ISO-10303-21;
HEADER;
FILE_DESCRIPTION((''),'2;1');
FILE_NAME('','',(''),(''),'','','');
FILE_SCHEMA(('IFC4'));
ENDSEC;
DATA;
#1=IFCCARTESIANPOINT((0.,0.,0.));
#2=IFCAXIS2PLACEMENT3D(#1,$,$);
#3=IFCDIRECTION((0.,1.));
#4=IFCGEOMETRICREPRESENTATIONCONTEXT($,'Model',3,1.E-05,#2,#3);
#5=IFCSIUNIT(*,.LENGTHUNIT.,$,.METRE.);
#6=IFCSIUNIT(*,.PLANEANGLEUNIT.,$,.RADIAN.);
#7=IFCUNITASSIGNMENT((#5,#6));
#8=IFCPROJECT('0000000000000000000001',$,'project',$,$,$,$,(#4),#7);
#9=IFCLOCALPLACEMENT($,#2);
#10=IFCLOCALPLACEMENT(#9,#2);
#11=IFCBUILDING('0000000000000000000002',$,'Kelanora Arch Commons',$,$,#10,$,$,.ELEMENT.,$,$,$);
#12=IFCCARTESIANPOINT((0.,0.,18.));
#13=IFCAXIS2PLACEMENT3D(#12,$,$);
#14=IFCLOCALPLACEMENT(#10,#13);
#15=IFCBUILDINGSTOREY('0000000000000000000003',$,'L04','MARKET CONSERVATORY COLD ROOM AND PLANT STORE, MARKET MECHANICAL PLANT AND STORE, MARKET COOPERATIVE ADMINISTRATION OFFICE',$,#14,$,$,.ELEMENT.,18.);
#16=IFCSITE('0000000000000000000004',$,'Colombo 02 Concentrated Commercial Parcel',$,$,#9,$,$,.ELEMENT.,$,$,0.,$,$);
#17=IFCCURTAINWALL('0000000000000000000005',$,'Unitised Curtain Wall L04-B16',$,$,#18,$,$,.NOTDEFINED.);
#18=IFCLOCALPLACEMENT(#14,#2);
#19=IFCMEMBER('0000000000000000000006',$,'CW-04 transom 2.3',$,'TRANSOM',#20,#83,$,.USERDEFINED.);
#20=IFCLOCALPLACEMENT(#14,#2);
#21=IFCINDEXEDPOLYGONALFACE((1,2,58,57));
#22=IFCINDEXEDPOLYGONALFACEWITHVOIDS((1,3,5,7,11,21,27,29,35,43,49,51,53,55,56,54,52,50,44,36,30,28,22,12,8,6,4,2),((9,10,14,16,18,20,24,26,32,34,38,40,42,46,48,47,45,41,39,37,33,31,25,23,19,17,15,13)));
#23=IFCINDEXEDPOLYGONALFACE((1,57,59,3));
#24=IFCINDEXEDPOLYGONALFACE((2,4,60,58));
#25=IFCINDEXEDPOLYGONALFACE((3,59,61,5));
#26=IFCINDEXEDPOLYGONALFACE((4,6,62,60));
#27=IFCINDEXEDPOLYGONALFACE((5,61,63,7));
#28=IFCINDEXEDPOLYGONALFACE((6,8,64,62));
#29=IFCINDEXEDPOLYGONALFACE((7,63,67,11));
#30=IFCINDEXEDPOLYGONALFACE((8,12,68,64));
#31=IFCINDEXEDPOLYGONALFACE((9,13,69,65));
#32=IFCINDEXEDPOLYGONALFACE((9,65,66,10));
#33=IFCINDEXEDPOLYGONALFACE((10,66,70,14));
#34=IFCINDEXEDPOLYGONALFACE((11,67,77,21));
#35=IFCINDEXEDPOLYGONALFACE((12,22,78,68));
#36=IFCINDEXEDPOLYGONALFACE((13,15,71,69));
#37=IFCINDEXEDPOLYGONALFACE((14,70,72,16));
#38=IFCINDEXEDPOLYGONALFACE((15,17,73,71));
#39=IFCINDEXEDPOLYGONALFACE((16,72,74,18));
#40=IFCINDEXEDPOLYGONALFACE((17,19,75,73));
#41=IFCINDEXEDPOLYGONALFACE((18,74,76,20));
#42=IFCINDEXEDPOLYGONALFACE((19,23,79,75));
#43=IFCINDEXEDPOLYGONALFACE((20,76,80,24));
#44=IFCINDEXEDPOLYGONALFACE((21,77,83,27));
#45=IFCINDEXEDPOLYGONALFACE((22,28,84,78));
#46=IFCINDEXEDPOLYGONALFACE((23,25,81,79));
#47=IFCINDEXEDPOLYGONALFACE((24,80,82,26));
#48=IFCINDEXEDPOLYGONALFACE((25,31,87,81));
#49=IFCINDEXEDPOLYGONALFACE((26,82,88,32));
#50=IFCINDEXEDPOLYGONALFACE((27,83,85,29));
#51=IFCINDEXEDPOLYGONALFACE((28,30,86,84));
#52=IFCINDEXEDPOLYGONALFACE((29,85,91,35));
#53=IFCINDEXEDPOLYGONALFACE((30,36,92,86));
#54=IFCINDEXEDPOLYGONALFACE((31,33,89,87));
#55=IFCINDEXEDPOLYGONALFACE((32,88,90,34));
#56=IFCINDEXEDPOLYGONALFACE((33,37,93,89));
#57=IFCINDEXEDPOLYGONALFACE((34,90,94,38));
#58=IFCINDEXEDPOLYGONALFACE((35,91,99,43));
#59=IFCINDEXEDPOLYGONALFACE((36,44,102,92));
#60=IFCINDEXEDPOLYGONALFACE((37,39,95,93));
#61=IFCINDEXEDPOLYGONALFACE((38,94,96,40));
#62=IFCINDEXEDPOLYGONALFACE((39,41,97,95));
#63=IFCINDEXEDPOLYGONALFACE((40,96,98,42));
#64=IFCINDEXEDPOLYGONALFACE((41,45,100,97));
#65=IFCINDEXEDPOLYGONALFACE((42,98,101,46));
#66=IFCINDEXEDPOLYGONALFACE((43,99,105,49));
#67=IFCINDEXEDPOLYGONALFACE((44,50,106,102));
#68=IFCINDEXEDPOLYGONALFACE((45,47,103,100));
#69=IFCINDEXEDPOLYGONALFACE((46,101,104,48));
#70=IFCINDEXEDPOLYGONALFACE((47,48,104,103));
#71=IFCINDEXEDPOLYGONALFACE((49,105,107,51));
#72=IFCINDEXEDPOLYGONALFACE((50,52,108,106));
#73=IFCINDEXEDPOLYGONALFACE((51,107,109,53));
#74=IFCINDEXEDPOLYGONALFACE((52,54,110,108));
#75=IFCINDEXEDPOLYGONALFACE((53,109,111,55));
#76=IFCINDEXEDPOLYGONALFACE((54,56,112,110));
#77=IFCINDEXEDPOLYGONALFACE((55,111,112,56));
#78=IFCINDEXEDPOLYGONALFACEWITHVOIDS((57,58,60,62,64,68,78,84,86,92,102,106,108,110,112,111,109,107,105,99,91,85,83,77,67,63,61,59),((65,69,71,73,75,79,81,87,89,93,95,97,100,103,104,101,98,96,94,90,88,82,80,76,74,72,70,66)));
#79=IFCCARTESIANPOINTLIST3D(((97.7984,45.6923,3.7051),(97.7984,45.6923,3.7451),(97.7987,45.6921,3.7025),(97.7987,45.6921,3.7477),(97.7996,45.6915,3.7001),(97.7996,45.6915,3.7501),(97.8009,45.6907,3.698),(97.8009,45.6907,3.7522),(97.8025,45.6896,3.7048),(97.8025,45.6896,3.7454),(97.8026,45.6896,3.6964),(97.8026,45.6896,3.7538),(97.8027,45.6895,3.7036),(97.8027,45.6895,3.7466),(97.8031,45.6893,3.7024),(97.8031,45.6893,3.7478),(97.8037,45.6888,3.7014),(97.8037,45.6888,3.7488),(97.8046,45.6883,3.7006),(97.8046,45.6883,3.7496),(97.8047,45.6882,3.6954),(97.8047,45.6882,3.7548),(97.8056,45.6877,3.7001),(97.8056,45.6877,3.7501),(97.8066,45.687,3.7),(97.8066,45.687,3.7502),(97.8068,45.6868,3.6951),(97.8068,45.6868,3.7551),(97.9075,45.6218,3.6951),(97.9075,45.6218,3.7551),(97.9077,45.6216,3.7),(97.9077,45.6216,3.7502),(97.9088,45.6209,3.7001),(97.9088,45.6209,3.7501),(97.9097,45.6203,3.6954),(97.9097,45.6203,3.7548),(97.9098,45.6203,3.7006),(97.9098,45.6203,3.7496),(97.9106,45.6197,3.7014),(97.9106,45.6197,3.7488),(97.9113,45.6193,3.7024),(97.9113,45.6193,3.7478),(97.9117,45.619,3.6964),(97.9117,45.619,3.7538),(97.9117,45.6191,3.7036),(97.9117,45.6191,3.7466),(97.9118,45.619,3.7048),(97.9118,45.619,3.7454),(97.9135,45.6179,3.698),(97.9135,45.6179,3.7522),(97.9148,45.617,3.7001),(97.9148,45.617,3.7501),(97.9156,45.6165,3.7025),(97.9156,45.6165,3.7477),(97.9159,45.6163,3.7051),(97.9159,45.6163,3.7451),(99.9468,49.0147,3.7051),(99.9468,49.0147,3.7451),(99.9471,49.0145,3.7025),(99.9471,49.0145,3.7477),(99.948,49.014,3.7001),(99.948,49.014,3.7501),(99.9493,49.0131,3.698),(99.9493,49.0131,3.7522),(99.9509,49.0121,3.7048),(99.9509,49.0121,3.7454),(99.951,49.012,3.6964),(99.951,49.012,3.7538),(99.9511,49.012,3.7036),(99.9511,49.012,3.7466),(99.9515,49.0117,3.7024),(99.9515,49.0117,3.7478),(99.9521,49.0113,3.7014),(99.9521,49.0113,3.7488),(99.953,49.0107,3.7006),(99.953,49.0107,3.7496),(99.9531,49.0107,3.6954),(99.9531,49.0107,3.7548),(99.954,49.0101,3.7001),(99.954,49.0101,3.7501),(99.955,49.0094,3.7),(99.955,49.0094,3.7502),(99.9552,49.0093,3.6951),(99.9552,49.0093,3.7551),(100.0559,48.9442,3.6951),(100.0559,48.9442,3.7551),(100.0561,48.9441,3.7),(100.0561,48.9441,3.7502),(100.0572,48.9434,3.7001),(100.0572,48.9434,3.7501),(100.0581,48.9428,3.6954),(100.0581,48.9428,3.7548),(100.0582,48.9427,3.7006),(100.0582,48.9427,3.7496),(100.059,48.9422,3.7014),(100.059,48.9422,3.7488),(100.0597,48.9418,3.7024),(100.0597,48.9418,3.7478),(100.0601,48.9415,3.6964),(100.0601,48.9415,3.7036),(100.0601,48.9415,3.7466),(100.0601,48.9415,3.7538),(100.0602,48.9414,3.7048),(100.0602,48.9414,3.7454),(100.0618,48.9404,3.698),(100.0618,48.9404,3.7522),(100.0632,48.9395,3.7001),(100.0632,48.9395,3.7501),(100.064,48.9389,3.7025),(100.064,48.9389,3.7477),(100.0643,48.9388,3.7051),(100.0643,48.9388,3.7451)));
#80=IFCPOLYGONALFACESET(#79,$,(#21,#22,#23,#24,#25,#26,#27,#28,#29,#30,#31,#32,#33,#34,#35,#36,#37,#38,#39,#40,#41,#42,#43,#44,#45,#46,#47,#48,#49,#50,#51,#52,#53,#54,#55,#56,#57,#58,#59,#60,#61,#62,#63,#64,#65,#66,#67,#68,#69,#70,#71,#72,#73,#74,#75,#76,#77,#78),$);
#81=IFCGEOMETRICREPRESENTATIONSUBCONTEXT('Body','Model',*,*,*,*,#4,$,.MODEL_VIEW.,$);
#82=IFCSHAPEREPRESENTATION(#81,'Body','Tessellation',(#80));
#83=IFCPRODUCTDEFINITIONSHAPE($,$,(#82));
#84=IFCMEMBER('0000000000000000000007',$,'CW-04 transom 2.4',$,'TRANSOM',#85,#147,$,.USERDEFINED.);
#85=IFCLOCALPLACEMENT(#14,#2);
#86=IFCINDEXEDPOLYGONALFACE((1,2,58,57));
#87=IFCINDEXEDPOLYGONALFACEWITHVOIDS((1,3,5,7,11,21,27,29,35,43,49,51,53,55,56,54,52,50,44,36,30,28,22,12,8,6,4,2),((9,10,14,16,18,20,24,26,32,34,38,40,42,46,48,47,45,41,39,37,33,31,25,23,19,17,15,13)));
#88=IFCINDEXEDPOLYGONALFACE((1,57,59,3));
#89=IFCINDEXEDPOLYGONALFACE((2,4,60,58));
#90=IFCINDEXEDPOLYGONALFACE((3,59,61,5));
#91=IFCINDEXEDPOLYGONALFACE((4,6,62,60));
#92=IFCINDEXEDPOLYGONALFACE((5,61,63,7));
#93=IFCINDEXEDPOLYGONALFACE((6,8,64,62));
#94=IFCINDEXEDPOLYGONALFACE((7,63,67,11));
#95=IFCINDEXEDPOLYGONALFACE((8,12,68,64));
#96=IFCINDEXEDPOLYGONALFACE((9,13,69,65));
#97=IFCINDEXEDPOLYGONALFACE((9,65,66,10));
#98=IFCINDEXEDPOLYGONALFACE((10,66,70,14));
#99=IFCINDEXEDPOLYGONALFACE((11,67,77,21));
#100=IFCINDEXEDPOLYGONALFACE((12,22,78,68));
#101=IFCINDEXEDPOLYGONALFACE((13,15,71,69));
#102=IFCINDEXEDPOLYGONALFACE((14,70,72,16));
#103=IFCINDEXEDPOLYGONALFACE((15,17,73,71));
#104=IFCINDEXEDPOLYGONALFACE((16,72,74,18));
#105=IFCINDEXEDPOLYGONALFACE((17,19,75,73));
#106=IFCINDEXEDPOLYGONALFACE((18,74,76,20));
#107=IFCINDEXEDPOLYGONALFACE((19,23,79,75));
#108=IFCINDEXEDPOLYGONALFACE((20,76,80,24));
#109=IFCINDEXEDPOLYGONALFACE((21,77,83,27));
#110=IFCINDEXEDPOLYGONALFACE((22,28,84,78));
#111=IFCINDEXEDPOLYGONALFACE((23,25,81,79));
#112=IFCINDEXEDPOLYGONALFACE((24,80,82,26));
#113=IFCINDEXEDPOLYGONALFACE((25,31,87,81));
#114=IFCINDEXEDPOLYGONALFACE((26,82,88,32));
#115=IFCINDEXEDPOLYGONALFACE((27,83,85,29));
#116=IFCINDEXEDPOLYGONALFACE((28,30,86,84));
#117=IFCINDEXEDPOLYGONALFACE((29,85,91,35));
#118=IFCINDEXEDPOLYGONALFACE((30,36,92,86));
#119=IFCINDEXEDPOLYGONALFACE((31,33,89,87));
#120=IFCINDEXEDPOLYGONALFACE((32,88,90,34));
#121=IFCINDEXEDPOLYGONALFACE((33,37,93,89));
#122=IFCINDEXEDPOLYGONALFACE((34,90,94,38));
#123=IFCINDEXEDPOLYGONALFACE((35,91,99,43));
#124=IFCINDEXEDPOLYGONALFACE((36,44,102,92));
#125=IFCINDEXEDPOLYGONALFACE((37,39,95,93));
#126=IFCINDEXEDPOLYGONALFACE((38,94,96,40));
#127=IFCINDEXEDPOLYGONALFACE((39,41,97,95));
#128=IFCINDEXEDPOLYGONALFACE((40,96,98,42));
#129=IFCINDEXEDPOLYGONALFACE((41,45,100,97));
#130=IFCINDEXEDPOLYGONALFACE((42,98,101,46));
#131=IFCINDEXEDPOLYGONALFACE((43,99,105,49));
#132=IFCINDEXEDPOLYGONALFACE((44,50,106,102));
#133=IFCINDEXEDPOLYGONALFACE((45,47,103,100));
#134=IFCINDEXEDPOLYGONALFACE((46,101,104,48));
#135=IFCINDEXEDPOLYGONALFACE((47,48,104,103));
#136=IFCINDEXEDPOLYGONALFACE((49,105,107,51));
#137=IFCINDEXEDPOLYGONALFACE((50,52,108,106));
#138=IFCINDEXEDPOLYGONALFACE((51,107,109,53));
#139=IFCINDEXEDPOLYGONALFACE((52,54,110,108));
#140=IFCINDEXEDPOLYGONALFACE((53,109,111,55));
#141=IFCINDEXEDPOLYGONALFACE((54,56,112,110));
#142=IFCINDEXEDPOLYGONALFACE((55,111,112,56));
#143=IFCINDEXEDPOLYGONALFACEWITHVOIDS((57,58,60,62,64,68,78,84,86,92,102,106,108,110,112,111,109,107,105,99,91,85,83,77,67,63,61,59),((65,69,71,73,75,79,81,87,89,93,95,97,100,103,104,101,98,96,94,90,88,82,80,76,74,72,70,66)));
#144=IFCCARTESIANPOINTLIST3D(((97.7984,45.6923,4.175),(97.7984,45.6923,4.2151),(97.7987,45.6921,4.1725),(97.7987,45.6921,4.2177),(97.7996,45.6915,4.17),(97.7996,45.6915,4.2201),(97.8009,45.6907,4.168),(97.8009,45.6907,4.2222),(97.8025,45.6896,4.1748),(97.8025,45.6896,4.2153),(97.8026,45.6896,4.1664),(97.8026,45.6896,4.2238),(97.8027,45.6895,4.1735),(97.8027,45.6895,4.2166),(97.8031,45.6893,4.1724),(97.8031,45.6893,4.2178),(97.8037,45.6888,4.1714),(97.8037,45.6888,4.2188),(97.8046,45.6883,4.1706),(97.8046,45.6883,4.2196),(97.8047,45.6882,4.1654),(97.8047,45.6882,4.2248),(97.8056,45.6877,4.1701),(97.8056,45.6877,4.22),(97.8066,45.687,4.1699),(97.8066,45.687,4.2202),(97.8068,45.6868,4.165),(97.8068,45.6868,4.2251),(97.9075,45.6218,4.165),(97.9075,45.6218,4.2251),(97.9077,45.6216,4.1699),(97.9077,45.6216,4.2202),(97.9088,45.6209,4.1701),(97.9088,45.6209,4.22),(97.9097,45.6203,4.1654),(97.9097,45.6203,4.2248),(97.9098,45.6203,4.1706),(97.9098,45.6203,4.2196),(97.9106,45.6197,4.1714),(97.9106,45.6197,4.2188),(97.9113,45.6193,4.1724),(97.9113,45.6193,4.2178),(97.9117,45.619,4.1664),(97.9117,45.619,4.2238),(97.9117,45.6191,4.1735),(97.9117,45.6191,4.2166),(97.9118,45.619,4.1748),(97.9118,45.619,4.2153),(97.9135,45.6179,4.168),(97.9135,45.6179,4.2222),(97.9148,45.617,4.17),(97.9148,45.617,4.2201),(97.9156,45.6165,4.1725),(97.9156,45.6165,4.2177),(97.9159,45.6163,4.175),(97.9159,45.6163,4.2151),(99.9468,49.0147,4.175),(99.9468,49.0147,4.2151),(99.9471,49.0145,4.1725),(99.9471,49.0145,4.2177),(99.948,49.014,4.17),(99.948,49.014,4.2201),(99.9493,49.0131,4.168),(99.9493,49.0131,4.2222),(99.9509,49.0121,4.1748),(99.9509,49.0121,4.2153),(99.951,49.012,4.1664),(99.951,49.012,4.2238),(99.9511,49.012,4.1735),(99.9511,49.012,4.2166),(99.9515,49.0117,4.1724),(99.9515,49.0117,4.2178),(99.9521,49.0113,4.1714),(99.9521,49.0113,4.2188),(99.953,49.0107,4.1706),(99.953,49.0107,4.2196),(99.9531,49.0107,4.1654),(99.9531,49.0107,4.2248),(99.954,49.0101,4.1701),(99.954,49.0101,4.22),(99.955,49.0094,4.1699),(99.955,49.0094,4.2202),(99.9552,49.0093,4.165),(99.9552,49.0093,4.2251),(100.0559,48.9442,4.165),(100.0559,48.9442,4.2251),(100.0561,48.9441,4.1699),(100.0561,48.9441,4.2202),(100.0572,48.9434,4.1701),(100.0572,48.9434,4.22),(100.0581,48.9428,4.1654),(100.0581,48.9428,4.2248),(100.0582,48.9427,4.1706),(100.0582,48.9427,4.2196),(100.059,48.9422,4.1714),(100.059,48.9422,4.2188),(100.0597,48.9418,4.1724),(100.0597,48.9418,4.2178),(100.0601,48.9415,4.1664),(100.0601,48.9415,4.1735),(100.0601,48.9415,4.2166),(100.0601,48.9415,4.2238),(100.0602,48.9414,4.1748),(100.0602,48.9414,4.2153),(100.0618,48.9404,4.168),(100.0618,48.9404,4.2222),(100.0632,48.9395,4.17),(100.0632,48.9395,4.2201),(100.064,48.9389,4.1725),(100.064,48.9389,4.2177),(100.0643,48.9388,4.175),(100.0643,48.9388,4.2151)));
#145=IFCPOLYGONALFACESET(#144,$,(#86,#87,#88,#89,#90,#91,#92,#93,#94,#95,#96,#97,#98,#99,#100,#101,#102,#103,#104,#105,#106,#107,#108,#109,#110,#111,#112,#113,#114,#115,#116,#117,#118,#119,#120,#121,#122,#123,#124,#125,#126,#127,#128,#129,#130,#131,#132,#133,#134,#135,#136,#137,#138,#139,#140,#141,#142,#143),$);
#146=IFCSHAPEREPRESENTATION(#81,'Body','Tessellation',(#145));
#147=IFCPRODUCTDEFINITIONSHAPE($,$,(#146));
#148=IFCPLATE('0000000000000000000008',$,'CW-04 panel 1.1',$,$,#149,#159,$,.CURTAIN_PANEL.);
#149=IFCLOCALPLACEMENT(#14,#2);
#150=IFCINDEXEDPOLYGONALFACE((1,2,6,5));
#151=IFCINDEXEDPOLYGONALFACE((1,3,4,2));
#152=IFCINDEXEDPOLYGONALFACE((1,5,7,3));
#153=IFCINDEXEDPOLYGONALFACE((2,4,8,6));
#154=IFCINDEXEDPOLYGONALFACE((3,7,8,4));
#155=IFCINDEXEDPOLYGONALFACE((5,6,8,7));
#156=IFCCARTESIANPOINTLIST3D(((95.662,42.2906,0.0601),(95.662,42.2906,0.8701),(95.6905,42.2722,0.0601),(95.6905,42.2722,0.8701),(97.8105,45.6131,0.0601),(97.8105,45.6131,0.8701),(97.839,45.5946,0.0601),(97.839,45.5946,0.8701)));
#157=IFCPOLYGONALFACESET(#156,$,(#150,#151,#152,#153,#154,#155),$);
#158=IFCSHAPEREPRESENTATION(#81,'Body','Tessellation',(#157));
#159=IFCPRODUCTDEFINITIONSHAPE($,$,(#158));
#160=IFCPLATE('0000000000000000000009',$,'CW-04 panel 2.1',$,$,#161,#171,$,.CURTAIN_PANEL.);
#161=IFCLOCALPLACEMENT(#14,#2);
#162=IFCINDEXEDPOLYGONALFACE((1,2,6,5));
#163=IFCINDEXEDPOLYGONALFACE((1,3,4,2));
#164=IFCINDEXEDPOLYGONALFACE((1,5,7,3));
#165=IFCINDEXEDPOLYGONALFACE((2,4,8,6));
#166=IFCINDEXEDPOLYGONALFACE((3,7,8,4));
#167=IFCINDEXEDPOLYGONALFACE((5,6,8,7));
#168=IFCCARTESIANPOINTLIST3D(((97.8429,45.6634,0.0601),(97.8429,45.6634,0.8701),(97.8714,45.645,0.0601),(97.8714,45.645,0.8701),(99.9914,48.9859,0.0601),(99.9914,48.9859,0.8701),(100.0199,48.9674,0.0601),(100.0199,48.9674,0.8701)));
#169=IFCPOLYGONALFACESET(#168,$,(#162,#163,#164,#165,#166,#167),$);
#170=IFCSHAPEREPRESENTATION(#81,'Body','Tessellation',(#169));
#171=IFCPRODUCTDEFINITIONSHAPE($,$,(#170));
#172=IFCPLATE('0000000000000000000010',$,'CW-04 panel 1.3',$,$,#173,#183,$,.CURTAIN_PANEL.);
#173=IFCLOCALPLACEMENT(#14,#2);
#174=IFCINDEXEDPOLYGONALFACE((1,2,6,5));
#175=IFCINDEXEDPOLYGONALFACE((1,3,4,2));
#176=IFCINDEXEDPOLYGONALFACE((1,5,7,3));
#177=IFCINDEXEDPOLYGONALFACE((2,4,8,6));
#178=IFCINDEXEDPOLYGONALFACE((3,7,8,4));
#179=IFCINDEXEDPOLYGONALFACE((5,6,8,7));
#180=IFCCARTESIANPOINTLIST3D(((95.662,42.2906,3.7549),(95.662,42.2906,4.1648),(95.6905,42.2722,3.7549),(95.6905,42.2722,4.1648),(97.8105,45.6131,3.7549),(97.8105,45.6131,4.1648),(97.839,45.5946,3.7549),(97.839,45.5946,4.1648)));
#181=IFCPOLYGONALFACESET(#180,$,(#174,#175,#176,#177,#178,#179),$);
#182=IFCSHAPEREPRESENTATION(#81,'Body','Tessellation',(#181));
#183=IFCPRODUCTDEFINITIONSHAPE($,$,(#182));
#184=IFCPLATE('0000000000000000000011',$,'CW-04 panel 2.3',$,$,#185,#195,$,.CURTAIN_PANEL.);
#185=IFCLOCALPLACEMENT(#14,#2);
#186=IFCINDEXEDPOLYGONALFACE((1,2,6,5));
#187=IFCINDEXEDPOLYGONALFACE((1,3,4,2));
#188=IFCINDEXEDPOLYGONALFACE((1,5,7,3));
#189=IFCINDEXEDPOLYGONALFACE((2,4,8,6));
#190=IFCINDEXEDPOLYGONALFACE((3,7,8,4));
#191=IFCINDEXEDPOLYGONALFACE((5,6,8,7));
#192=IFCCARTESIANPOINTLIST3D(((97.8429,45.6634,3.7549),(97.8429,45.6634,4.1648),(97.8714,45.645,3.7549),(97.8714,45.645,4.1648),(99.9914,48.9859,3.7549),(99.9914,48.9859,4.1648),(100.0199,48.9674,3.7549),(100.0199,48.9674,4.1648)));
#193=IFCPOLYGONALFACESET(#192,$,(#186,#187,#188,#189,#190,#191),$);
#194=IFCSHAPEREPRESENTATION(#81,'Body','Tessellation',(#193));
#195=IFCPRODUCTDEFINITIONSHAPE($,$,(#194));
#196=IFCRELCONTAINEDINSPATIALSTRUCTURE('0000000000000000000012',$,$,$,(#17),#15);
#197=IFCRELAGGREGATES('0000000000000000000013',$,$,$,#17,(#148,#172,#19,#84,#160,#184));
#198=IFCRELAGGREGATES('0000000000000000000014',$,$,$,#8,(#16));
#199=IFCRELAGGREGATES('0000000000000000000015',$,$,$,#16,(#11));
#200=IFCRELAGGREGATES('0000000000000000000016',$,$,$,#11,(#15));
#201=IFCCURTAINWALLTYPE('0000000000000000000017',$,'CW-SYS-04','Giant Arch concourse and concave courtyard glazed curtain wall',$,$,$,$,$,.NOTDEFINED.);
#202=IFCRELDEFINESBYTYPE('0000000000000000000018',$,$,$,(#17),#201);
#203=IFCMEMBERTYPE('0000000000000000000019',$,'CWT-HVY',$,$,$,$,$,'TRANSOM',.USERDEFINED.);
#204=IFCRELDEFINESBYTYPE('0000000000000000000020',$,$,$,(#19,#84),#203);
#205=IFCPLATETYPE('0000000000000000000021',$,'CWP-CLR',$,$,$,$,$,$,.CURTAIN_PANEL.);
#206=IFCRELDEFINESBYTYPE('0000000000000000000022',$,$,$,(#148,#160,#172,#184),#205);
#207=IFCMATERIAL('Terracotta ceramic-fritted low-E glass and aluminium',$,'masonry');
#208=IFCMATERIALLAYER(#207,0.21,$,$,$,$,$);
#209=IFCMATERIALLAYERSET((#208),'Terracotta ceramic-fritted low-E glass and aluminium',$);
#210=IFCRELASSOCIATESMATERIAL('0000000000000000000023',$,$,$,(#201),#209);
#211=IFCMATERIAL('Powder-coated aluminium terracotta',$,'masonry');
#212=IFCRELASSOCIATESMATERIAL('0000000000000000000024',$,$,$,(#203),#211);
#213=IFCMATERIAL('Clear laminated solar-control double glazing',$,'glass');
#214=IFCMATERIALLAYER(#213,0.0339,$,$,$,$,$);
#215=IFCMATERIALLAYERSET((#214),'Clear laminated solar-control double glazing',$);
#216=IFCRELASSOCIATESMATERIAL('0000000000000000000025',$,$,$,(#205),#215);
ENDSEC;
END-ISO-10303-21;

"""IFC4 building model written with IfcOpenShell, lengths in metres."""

from ifc_helpers import new_model, si_unit, direction, frame, origin, origin_2d, place, context, subcontext, project, spatial, rectangle, hollow_rectangle, extrude, source, transform, mapped, material, layer, layer_set, material_profile, profile_set, type_object, element, aggregate, save


model = new_model("IFC4")

# Units and contexts
model_context = context("Model", 3, precision=1e-05, world=origin(), true_north=direction((0.0, 1.0)))
body_context = subcontext(model_context, "Body", "Model", "MODEL_VIEW")
ifc_project = project(units=[si_unit("LENGTHUNIT", "METRE"), si_unit("PLANEANGLEUNIT", "RADIAN")], contexts=[model_context])

# Site, building, storey
site_placement = place(None, origin())
site = spatial("IfcSite", under=ifc_project, at=site_placement, Name="Colombo 02 Concentrated Commercial Parcel", CompositionType="ELEMENT", RefElevation=0.0)
building_placement = place(site_placement, origin())
building = spatial("IfcBuilding", under=site, at=building_placement, Name="Kelanora Arch Commons", CompositionType="ELEMENT")
storey_placement = place(building_placement, frame((0.0, 0.0, 18.0)))
storey = spatial("IfcBuildingStorey", under=building, at=storey_placement, Name="L04", Description="MARKET CONSERVATORY COLD ROOM AND PLANT STORE, MARKET MECHANICAL PLANT AND STORE, MARKET COOPERATIVE ADMINISTRATION OFFICE", CompositionType="ELEMENT", Elevation=18.0)

# Curtain wall, members, plates
ifc_material_1 = material(Name="Terracotta ceramic-fritted low-E glass and aluminium", Category="masonry")
ifc_layer_1 = layer(ifc_material_1, 0.21)
ifc_layer_set_1 = layer_set([ifc_layer_1], Name="Terracotta ceramic-fritted low-E glass and aluminium")
curtain_wall_type = type_object("IfcCurtainWallType", Name="CW-SYS-04", Description="Giant Arch concourse and concave courtyard glazed curtain wall", PredefinedType="NOTDEFINED", material=ifc_layer_set_1)
curtain_wall_placement = place(storey_placement, origin())
curtain_wall = element("IfcCurtainWall", 1, at=curtain_wall_placement, inside=storey, type_object=curtain_wall_type, Name="Unitised Curtain Wall L04-B16", PredefinedType="NOTDEFINED")
ifc_material_2 = material(Name="Powder-coated aluminium terracotta", Category="masonry")
ifc_material_profile_1 = material_profile(ifc_material_2, hollow_rectangle(XDim=0.1399, YDim=0.0601, WallThickness=0.0049, InnerFilletRadius=0.0049, OuterFilletRadius=0.01, at=origin_2d()), Name="CWT140x60")
ifc_profile_set_1 = profile_set([ifc_material_profile_1], Name="Powder-coated aluminium terracotta")
member_type_1 = type_object("IfcMemberType", Name="CWT-HVY", ElementType="TRANSOM", PredefinedType="USERDEFINED", material=ifc_profile_set_1)
member_1_placement = place(storey_placement, frame((97.8572, 45.6543, 3.7251), z_axis=(0.542998, 0.839734, 0.0), x_axis=(-0.839734, 0.542998, 0.0)))
member_1 = element("IfcMember", 2, at=member_1_placement, type_object=member_type_1, Name="CW-04 transom 2.3", ObjectType="TRANSOM", PredefinedType="USERDEFINED", context=body_context, shape_type="SweptSolid", body=[
    extrude(hollow_rectangle(XDim=0.1399, YDim=0.0601, WallThickness=0.0049, InnerFilletRadius=0.0049, OuterFilletRadius=0.01, at=origin_2d()), origin(), (0.0, 0.0, 1.0), 3.9565),
])
member_2_placement = place(storey_placement, frame((97.8572, 45.6543, 4.1951), z_axis=(0.542998, 0.839734, 0.0), x_axis=(-0.839734, 0.542998, 0.0)))
member_2 = element("IfcMember", 3, at=member_2_placement, type_object=member_type_1, Name="CW-04 transom 2.4", ObjectType="TRANSOM", PredefinedType="USERDEFINED", context=body_context, shape_type="SweptSolid", body=[
    extrude(hollow_rectangle(XDim=0.1399, YDim=0.0601, WallThickness=0.0049, InnerFilletRadius=0.0049, OuterFilletRadius=0.01, at=origin_2d()), origin(), (0.0, 0.0, 1.0), 3.9565),
])
ifc_material_3 = material(Name="Clear laminated solar-control double glazing", Category="glass")
ifc_layer_2 = layer(ifc_material_3, 0.0339)
ifc_layer_set_2 = layer_set([ifc_layer_2], Name="Clear laminated solar-control double glazing")
plate_type = type_object("IfcPlateType", Name="CWP-CLR", PredefinedType="CURTAIN_PANEL", material=ifc_layer_set_2)
shared_shape_1 = source(origin(), body_context, "Body", "SweptSolid", [
    extrude(rectangle(XDim=3.9565, YDim=0.0339, at=origin_2d()), origin(), (0.0, 0.0, 1.0), 0.8101),
])
plate_1_placement = place(storey_placement, frame((96.7505, 43.9426, 0.0601), z_axis=(0.0, 0.0, 1.0), x_axis=(0.543006, 0.839729, 0.0)))
plate_1 = element("IfcPlate", 4, at=plate_1_placement, type_object=plate_type, Name="CW-04 panel 1.1", PredefinedType="CURTAIN_PANEL", context=body_context, shape_type="MappedRepresentation", body=[
    mapped(shared_shape_1, transform((0.0, 0.0, 0.0), scale=1.0)),
])
plate_2_placement = place(storey_placement, frame((98.9314, 47.3154, 0.0601), z_axis=(0.0, 0.0, 1.0), x_axis=(0.543006, 0.839729, 0.0)))
plate_2 = element("IfcPlate", 5, at=plate_2_placement, type_object=plate_type, Name="CW-04 panel 2.1", PredefinedType="CURTAIN_PANEL", context=body_context, shape_type="MappedRepresentation", body=[
    mapped(shared_shape_1, transform((0.0, 0.0, 0.0), scale=1.0)),
])
shared_shape_2 = source(origin(), body_context, "Body", "SweptSolid", [
    extrude(rectangle(XDim=3.9565, YDim=0.0339, at=origin_2d()), origin(), (0.0, 0.0, 1.0), 0.4099),
])
plate_3_placement = place(storey_placement, frame((96.7505, 43.9426, 3.7549), z_axis=(0.0, 0.0, 1.0), x_axis=(0.543006, 0.839729, 0.0)))
plate_3 = element("IfcPlate", 6, at=plate_3_placement, type_object=plate_type, Name="CW-04 panel 1.3", PredefinedType="CURTAIN_PANEL", context=body_context, shape_type="MappedRepresentation", body=[
    mapped(shared_shape_2, transform((0.0, 0.0, 0.0), scale=1.0)),
])
plate_4_placement = place(storey_placement, frame((98.9314, 47.3154, 3.7549), z_axis=(0.0, 0.0, 1.0), x_axis=(0.543006, 0.839729, 0.0)))
plate_4 = element("IfcPlate", 7, at=plate_4_placement, type_object=plate_type, Name="CW-04 panel 2.3", PredefinedType="CURTAIN_PANEL", context=body_context, shape_type="MappedRepresentation", body=[
    mapped(shared_shape_2, transform((0.0, 0.0, 0.0), scale=1.0)),
])
aggregate(curtain_wall, [plate_1, plate_3, member_1, member_2, plate_2, plate_4])

save(model, "model.ifc")
